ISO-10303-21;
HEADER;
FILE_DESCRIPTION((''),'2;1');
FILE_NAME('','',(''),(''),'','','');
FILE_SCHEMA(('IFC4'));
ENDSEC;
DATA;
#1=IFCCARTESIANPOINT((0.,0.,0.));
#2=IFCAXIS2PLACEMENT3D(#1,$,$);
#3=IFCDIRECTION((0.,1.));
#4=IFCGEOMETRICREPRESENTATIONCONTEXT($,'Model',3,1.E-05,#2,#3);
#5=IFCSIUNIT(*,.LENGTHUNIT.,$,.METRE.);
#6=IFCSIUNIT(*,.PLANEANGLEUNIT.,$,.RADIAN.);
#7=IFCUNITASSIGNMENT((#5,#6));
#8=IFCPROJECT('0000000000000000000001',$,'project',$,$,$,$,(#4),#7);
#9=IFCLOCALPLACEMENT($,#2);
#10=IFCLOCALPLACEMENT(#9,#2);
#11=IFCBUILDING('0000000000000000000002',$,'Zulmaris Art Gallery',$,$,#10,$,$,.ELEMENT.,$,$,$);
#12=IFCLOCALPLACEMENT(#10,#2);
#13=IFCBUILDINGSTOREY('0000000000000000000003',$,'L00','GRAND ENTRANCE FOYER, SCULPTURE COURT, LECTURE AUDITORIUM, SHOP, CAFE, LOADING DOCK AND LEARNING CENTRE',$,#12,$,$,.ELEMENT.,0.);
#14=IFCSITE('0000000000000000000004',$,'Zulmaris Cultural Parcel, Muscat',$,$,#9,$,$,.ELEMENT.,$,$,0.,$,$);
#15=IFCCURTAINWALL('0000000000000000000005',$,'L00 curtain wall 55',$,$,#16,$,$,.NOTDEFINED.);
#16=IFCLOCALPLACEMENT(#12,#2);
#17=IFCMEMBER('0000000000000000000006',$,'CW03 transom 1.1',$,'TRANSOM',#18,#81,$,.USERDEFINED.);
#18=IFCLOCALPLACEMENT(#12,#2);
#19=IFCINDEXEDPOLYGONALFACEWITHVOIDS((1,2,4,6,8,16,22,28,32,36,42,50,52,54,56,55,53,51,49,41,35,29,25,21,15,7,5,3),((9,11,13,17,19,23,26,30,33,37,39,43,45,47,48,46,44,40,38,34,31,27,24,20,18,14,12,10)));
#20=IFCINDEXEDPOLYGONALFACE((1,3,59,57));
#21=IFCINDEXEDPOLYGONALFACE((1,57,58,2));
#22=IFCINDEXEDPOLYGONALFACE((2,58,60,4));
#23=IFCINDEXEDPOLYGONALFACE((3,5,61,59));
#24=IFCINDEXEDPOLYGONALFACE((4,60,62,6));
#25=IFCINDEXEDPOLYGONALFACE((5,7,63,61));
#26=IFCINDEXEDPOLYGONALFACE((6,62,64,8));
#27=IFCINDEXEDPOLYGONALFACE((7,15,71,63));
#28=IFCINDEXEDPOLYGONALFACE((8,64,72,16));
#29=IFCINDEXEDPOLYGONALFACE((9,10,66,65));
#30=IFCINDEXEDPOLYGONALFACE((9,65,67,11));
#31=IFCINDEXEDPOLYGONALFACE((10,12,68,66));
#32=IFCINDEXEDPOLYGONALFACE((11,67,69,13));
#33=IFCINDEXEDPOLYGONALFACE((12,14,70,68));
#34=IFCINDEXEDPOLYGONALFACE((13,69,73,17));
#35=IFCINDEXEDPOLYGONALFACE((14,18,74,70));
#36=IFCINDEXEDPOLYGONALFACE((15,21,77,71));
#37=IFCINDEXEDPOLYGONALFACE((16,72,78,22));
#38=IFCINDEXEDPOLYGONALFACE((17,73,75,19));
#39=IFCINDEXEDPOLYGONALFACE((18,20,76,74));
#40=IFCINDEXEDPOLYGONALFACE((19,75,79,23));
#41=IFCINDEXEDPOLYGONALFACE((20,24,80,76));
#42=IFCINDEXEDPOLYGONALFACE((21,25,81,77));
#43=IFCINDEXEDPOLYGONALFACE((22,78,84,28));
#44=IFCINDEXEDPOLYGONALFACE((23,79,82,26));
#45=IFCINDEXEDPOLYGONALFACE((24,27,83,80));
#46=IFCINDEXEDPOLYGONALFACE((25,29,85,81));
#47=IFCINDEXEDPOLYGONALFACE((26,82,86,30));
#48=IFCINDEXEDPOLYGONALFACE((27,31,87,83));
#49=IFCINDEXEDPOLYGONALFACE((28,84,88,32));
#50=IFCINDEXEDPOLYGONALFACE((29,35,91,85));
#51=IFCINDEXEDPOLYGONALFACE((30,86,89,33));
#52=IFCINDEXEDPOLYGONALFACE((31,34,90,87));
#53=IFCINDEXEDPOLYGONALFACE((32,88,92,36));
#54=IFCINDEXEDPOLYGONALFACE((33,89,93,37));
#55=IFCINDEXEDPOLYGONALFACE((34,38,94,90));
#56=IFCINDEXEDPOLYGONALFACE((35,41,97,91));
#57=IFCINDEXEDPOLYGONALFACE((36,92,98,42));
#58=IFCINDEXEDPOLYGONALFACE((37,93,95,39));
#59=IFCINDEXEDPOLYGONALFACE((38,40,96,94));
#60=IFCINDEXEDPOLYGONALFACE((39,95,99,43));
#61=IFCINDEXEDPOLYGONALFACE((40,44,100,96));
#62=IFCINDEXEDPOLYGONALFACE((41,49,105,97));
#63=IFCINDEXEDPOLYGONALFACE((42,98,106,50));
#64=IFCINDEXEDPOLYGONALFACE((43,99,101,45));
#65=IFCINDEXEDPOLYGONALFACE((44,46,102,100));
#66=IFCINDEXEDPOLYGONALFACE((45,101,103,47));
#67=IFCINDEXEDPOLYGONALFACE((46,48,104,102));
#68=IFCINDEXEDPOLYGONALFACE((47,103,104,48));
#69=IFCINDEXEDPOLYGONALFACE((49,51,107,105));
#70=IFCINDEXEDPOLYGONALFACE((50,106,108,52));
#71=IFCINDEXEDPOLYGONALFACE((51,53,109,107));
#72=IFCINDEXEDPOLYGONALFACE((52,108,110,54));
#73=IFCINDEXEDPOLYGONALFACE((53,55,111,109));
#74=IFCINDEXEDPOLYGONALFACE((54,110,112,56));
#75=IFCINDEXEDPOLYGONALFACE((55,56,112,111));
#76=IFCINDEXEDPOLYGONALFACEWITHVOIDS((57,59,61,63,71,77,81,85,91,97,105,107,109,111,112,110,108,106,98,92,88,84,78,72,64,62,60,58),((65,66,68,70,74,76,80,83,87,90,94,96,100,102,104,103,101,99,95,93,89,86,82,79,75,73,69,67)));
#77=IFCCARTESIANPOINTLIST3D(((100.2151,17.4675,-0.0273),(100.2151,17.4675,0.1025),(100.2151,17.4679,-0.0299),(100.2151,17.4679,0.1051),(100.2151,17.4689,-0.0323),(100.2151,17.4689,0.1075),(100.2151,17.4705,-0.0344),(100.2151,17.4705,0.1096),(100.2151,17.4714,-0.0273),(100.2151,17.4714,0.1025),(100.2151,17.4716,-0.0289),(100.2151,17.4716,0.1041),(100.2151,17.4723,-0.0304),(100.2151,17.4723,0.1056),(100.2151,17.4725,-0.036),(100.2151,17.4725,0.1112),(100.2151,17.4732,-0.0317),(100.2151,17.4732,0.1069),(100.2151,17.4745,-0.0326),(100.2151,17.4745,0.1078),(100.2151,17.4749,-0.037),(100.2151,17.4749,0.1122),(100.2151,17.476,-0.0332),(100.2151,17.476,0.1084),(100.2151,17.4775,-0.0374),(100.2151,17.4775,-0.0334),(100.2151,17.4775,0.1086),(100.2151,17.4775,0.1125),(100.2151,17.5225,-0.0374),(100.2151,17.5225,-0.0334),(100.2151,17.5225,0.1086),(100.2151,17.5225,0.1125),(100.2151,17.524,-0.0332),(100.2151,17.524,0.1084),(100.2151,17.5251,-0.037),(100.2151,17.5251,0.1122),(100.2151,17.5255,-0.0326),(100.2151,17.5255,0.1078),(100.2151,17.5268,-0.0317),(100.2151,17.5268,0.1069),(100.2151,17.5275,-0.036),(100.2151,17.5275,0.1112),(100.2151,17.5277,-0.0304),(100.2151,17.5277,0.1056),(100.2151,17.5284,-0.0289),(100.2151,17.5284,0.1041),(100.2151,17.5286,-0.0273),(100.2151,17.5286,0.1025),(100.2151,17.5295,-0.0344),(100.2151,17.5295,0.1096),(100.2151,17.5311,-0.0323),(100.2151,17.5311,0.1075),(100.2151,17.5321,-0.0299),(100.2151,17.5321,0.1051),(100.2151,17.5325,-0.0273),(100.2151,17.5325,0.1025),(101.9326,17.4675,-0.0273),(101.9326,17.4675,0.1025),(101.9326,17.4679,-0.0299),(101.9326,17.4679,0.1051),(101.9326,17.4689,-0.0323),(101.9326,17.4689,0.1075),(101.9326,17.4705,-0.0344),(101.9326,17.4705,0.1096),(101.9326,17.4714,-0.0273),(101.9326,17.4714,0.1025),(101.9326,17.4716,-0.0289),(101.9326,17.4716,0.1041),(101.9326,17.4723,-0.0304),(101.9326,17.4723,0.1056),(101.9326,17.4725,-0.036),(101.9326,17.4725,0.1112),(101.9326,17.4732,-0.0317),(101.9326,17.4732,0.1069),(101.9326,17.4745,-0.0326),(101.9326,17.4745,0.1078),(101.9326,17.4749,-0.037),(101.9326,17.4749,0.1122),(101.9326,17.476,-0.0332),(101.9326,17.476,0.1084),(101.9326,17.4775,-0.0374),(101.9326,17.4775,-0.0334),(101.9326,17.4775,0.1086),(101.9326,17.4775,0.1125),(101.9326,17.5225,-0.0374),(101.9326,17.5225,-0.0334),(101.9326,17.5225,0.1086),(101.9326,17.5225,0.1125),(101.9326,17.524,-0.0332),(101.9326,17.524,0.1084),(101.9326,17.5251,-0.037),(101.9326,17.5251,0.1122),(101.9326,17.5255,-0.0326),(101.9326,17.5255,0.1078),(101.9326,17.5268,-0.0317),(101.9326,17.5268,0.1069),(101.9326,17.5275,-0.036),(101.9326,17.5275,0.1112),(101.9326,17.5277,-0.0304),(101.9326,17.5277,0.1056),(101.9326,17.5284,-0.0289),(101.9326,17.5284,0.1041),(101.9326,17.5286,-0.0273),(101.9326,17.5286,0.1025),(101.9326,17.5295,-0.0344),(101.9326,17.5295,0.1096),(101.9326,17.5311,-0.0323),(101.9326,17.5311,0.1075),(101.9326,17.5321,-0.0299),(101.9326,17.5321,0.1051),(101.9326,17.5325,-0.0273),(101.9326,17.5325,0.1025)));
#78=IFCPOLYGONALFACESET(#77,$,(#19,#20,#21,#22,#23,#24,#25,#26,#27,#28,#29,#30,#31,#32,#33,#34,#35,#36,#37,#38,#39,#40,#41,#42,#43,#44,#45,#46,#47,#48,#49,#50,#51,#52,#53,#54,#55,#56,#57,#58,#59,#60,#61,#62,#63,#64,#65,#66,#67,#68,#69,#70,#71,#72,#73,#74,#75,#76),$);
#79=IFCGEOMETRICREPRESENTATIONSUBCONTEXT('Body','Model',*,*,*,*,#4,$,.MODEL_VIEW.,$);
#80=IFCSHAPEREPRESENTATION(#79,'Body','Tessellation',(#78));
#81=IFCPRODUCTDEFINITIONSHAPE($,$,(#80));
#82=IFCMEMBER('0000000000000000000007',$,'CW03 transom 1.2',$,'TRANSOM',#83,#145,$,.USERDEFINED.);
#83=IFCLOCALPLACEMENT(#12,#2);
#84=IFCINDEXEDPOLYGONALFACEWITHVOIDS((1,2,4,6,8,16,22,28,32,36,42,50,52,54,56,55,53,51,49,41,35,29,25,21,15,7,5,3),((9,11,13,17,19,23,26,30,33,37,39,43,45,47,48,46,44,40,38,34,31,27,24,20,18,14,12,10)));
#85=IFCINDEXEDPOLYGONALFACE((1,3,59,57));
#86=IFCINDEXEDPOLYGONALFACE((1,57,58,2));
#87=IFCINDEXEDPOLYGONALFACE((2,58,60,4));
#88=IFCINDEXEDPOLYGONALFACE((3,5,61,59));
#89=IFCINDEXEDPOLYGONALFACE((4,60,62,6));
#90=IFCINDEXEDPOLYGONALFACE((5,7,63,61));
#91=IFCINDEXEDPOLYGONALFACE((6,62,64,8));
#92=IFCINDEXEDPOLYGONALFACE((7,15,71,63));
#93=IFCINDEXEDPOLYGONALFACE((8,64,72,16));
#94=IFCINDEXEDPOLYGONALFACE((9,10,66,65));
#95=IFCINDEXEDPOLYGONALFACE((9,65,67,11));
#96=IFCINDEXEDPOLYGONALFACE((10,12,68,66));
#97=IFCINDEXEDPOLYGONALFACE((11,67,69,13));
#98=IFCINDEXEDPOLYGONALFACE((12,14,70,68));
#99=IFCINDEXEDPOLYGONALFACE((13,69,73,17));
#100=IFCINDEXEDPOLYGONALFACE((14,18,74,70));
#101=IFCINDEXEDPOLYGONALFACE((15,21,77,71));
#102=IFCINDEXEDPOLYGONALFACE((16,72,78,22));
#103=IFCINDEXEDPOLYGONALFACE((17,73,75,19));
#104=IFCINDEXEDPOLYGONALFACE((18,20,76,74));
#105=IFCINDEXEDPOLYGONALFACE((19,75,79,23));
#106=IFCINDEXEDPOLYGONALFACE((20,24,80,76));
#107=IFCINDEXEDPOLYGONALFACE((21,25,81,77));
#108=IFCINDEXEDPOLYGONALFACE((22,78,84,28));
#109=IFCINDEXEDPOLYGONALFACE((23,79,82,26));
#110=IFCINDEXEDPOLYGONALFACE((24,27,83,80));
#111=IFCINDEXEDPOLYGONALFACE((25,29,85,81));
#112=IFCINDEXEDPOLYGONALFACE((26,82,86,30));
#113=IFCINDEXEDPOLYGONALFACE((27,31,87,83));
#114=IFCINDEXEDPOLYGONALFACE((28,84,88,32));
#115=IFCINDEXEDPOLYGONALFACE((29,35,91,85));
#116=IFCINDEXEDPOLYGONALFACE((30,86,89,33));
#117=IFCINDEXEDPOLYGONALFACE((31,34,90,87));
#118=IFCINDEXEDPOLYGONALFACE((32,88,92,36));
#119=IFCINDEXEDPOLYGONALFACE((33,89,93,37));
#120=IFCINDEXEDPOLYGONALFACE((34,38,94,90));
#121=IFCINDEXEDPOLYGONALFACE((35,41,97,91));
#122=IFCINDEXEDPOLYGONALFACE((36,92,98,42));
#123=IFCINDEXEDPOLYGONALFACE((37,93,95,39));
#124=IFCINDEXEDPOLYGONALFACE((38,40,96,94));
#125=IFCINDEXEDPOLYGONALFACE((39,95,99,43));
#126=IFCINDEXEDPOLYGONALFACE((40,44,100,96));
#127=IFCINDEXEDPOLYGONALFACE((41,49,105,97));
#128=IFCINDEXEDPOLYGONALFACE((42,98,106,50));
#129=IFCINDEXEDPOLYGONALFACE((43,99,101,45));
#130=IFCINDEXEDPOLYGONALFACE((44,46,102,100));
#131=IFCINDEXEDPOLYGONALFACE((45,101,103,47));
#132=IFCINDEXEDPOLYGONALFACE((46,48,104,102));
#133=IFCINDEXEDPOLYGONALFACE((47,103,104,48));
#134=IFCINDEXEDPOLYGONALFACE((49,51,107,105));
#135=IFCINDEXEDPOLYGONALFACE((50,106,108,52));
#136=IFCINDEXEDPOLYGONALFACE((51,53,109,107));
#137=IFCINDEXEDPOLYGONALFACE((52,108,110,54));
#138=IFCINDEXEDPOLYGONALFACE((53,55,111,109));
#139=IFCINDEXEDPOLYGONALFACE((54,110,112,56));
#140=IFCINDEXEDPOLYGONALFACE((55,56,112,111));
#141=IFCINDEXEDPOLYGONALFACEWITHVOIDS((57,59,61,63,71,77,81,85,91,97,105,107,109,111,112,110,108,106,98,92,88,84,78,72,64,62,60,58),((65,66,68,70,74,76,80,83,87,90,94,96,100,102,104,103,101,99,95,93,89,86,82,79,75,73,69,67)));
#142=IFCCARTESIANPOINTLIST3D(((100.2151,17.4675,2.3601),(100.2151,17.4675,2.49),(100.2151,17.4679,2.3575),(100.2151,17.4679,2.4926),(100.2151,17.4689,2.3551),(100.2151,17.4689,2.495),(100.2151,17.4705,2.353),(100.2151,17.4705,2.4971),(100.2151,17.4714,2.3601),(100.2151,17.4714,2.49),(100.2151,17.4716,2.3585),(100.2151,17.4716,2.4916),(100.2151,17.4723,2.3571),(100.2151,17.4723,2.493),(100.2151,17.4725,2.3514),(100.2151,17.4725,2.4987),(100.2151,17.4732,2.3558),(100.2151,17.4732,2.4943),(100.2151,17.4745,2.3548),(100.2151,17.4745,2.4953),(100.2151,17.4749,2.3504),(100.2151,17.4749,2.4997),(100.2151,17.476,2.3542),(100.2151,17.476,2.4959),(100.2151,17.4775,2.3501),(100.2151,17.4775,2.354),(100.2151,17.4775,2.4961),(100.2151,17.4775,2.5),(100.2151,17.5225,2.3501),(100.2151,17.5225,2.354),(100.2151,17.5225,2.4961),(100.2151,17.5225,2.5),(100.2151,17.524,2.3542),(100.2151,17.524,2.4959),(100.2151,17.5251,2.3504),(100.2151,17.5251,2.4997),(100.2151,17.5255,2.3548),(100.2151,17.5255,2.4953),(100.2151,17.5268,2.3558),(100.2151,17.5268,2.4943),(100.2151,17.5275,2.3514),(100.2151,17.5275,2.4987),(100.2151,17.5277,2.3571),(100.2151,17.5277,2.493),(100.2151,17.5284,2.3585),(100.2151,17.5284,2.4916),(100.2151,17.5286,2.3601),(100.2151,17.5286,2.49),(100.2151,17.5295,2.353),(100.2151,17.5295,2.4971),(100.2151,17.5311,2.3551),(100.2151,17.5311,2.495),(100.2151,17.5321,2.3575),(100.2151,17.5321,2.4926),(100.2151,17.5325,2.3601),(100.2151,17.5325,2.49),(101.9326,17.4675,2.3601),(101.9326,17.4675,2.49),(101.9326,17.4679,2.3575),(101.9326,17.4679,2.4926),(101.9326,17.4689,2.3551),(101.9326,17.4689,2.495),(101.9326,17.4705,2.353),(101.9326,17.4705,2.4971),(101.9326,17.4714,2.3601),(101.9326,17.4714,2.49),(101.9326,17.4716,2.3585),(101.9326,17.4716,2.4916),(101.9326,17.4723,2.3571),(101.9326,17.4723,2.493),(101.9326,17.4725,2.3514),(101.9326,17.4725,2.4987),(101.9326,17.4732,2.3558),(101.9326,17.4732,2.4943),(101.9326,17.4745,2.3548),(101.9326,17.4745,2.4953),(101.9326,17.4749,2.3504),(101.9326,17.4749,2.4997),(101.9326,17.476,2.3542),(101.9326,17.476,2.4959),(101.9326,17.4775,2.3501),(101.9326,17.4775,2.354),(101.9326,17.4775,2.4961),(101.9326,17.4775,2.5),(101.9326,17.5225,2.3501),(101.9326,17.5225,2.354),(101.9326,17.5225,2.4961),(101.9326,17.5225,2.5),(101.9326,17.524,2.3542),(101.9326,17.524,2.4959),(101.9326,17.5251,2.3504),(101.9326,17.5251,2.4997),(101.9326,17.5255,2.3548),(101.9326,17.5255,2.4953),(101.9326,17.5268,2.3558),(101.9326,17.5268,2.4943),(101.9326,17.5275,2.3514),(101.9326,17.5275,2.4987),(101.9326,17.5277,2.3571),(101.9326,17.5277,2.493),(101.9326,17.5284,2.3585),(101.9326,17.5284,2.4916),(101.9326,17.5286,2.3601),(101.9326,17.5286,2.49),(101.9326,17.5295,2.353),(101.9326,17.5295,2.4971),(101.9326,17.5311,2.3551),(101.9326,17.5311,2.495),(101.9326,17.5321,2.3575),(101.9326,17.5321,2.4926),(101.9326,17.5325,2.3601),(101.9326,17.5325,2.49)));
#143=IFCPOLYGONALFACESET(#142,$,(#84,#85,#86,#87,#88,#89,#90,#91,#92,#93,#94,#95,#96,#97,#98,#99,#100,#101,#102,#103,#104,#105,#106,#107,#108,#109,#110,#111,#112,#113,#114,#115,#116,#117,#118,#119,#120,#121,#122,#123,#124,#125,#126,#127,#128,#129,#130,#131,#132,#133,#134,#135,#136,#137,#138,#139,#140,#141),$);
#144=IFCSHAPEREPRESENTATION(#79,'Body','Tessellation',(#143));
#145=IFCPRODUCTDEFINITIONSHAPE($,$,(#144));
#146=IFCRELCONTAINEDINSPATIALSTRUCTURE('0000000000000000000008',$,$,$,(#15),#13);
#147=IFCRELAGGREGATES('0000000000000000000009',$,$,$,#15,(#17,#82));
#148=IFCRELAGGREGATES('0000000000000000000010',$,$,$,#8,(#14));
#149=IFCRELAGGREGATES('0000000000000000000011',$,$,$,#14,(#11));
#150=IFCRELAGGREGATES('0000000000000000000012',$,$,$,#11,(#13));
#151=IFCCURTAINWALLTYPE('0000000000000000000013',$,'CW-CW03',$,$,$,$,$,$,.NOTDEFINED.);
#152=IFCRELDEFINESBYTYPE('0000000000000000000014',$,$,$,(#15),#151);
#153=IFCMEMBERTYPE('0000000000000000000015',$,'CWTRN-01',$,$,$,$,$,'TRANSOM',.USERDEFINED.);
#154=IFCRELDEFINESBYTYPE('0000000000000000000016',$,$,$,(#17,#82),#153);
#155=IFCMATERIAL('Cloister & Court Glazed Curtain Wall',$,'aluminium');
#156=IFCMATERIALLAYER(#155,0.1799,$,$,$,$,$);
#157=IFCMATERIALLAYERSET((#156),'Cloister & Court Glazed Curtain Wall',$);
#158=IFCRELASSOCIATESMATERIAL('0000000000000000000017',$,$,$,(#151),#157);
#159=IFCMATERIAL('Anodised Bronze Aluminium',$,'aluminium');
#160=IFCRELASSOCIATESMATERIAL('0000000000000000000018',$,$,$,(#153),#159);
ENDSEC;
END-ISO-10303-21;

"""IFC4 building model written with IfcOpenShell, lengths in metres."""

from ifc_helpers import new_model, si_unit, direction, frame, origin, origin_2d, place, context, subcontext, project, spatial, hollow_rectangle, extrude, material, layer, layer_set, material_profile, profile_set, type_object, element, aggregate, save


model = new_model("IFC4")

# Units and contexts
model_context = context("Model", 3, precision=1e-05, world=origin(), true_north=direction((0.0, 1.0)))
body_context = subcontext(model_context, "Body", "Model", "MODEL_VIEW")
ifc_project = project(units=[si_unit("LENGTHUNIT", "METRE"), si_unit("PLANEANGLEUNIT", "RADIAN")], contexts=[model_context])

# Site, building, storey
site_placement = place(None, origin())
site = spatial("IfcSite", under=ifc_project, at=site_placement, Name="Zulmaris Cultural Parcel, Muscat", CompositionType="ELEMENT", RefElevation=0.0)
building_placement = place(site_placement, origin())
building = spatial("IfcBuilding", under=site, at=building_placement, Name="Zulmaris Art Gallery", CompositionType="ELEMENT")
storey_placement = place(building_placement, origin())
storey = spatial("IfcBuildingStorey", under=building, at=storey_placement, Name="L00", Description="GRAND ENTRANCE FOYER, SCULPTURE COURT, LECTURE AUDITORIUM, SHOP, CAFE, LOADING DOCK AND LEARNING CENTRE", CompositionType="ELEMENT", Elevation=0.0)

# Curtain wall
ifc_material_1 = material(Name="Cloister & Court Glazed Curtain Wall", Category="aluminium")
ifc_layer_1 = layer(ifc_material_1, 0.1799)
ifc_layer_set_1 = layer_set([ifc_layer_1], Name="Cloister & Court Glazed Curtain Wall")
curtain_wall_type = type_object("IfcCurtainWallType", Name="CW-CW03", PredefinedType="NOTDEFINED", material=ifc_layer_set_1)
curtain_wall_1_placement = place(storey_placement, origin())
curtain_wall_1 = element("IfcCurtainWall", 1, at=curtain_wall_1_placement, inside=storey, type_object=curtain_wall_type, Name="L00 curtain wall 55", PredefinedType="NOTDEFINED")
ifc_material_2 = material(Name="Anodised Bronze Aluminium", Category="aluminium")

# Members
ifc_material_profile_1 = material_profile(ifc_material_2, hollow_rectangle(XDim=0.0649, YDim=0.1499, WallThickness=0.0039, InnerFilletRadius=0.0061, OuterFilletRadius=0.01, at=origin_2d()), Name="ALU 65x150x4")
ifc_profile_set_1 = profile_set([ifc_material_profile_1], Name="Anodised Bronze Aluminium")
member_type_1 = type_object("IfcMemberType", Name="CWTRN-01", ElementType="TRANSOM", PredefinedType="USERDEFINED", material=ifc_profile_set_1)
member_1_placement = place(storey_placement, frame((100.2151, 17.5, 0.0376), z_axis=(1.0, 0.0, 0.0), x_axis=(0.0, 1.0, 0.0)))
member_1 = element("IfcMember", 2, at=member_1_placement, type_object=member_type_1, Name="CW03 transom 1.1", ObjectType="TRANSOM", PredefinedType="USERDEFINED", context=body_context, shape_type="SweptSolid", body=[
    extrude(hollow_rectangle(XDim=0.0649, YDim=0.1499, WallThickness=0.0039, InnerFilletRadius=0.0061, OuterFilletRadius=0.01, at=origin_2d()), origin(), (0.0, 0.0, 1.0), 1.7175),
])
member_2_placement = place(storey_placement, frame((100.2151, 17.5, 2.425), z_axis=(1.0, 0.0, 0.0), x_axis=(0.0, 1.0, 0.0)))
member_2 = element("IfcMember", 3, at=member_2_placement, type_object=member_type_1, Name="CW03 transom 1.2", ObjectType="TRANSOM", PredefinedType="USERDEFINED", context=body_context, shape_type="SweptSolid", body=[
    extrude(hollow_rectangle(XDim=0.0649, YDim=0.1499, WallThickness=0.0039, InnerFilletRadius=0.0061, OuterFilletRadius=0.01, at=origin_2d()), origin(), (0.0, 0.0, 1.0), 1.7175),
])
aggregate(curtain_wall_1, [member_1, member_2])

save(model, "model.ifc")
